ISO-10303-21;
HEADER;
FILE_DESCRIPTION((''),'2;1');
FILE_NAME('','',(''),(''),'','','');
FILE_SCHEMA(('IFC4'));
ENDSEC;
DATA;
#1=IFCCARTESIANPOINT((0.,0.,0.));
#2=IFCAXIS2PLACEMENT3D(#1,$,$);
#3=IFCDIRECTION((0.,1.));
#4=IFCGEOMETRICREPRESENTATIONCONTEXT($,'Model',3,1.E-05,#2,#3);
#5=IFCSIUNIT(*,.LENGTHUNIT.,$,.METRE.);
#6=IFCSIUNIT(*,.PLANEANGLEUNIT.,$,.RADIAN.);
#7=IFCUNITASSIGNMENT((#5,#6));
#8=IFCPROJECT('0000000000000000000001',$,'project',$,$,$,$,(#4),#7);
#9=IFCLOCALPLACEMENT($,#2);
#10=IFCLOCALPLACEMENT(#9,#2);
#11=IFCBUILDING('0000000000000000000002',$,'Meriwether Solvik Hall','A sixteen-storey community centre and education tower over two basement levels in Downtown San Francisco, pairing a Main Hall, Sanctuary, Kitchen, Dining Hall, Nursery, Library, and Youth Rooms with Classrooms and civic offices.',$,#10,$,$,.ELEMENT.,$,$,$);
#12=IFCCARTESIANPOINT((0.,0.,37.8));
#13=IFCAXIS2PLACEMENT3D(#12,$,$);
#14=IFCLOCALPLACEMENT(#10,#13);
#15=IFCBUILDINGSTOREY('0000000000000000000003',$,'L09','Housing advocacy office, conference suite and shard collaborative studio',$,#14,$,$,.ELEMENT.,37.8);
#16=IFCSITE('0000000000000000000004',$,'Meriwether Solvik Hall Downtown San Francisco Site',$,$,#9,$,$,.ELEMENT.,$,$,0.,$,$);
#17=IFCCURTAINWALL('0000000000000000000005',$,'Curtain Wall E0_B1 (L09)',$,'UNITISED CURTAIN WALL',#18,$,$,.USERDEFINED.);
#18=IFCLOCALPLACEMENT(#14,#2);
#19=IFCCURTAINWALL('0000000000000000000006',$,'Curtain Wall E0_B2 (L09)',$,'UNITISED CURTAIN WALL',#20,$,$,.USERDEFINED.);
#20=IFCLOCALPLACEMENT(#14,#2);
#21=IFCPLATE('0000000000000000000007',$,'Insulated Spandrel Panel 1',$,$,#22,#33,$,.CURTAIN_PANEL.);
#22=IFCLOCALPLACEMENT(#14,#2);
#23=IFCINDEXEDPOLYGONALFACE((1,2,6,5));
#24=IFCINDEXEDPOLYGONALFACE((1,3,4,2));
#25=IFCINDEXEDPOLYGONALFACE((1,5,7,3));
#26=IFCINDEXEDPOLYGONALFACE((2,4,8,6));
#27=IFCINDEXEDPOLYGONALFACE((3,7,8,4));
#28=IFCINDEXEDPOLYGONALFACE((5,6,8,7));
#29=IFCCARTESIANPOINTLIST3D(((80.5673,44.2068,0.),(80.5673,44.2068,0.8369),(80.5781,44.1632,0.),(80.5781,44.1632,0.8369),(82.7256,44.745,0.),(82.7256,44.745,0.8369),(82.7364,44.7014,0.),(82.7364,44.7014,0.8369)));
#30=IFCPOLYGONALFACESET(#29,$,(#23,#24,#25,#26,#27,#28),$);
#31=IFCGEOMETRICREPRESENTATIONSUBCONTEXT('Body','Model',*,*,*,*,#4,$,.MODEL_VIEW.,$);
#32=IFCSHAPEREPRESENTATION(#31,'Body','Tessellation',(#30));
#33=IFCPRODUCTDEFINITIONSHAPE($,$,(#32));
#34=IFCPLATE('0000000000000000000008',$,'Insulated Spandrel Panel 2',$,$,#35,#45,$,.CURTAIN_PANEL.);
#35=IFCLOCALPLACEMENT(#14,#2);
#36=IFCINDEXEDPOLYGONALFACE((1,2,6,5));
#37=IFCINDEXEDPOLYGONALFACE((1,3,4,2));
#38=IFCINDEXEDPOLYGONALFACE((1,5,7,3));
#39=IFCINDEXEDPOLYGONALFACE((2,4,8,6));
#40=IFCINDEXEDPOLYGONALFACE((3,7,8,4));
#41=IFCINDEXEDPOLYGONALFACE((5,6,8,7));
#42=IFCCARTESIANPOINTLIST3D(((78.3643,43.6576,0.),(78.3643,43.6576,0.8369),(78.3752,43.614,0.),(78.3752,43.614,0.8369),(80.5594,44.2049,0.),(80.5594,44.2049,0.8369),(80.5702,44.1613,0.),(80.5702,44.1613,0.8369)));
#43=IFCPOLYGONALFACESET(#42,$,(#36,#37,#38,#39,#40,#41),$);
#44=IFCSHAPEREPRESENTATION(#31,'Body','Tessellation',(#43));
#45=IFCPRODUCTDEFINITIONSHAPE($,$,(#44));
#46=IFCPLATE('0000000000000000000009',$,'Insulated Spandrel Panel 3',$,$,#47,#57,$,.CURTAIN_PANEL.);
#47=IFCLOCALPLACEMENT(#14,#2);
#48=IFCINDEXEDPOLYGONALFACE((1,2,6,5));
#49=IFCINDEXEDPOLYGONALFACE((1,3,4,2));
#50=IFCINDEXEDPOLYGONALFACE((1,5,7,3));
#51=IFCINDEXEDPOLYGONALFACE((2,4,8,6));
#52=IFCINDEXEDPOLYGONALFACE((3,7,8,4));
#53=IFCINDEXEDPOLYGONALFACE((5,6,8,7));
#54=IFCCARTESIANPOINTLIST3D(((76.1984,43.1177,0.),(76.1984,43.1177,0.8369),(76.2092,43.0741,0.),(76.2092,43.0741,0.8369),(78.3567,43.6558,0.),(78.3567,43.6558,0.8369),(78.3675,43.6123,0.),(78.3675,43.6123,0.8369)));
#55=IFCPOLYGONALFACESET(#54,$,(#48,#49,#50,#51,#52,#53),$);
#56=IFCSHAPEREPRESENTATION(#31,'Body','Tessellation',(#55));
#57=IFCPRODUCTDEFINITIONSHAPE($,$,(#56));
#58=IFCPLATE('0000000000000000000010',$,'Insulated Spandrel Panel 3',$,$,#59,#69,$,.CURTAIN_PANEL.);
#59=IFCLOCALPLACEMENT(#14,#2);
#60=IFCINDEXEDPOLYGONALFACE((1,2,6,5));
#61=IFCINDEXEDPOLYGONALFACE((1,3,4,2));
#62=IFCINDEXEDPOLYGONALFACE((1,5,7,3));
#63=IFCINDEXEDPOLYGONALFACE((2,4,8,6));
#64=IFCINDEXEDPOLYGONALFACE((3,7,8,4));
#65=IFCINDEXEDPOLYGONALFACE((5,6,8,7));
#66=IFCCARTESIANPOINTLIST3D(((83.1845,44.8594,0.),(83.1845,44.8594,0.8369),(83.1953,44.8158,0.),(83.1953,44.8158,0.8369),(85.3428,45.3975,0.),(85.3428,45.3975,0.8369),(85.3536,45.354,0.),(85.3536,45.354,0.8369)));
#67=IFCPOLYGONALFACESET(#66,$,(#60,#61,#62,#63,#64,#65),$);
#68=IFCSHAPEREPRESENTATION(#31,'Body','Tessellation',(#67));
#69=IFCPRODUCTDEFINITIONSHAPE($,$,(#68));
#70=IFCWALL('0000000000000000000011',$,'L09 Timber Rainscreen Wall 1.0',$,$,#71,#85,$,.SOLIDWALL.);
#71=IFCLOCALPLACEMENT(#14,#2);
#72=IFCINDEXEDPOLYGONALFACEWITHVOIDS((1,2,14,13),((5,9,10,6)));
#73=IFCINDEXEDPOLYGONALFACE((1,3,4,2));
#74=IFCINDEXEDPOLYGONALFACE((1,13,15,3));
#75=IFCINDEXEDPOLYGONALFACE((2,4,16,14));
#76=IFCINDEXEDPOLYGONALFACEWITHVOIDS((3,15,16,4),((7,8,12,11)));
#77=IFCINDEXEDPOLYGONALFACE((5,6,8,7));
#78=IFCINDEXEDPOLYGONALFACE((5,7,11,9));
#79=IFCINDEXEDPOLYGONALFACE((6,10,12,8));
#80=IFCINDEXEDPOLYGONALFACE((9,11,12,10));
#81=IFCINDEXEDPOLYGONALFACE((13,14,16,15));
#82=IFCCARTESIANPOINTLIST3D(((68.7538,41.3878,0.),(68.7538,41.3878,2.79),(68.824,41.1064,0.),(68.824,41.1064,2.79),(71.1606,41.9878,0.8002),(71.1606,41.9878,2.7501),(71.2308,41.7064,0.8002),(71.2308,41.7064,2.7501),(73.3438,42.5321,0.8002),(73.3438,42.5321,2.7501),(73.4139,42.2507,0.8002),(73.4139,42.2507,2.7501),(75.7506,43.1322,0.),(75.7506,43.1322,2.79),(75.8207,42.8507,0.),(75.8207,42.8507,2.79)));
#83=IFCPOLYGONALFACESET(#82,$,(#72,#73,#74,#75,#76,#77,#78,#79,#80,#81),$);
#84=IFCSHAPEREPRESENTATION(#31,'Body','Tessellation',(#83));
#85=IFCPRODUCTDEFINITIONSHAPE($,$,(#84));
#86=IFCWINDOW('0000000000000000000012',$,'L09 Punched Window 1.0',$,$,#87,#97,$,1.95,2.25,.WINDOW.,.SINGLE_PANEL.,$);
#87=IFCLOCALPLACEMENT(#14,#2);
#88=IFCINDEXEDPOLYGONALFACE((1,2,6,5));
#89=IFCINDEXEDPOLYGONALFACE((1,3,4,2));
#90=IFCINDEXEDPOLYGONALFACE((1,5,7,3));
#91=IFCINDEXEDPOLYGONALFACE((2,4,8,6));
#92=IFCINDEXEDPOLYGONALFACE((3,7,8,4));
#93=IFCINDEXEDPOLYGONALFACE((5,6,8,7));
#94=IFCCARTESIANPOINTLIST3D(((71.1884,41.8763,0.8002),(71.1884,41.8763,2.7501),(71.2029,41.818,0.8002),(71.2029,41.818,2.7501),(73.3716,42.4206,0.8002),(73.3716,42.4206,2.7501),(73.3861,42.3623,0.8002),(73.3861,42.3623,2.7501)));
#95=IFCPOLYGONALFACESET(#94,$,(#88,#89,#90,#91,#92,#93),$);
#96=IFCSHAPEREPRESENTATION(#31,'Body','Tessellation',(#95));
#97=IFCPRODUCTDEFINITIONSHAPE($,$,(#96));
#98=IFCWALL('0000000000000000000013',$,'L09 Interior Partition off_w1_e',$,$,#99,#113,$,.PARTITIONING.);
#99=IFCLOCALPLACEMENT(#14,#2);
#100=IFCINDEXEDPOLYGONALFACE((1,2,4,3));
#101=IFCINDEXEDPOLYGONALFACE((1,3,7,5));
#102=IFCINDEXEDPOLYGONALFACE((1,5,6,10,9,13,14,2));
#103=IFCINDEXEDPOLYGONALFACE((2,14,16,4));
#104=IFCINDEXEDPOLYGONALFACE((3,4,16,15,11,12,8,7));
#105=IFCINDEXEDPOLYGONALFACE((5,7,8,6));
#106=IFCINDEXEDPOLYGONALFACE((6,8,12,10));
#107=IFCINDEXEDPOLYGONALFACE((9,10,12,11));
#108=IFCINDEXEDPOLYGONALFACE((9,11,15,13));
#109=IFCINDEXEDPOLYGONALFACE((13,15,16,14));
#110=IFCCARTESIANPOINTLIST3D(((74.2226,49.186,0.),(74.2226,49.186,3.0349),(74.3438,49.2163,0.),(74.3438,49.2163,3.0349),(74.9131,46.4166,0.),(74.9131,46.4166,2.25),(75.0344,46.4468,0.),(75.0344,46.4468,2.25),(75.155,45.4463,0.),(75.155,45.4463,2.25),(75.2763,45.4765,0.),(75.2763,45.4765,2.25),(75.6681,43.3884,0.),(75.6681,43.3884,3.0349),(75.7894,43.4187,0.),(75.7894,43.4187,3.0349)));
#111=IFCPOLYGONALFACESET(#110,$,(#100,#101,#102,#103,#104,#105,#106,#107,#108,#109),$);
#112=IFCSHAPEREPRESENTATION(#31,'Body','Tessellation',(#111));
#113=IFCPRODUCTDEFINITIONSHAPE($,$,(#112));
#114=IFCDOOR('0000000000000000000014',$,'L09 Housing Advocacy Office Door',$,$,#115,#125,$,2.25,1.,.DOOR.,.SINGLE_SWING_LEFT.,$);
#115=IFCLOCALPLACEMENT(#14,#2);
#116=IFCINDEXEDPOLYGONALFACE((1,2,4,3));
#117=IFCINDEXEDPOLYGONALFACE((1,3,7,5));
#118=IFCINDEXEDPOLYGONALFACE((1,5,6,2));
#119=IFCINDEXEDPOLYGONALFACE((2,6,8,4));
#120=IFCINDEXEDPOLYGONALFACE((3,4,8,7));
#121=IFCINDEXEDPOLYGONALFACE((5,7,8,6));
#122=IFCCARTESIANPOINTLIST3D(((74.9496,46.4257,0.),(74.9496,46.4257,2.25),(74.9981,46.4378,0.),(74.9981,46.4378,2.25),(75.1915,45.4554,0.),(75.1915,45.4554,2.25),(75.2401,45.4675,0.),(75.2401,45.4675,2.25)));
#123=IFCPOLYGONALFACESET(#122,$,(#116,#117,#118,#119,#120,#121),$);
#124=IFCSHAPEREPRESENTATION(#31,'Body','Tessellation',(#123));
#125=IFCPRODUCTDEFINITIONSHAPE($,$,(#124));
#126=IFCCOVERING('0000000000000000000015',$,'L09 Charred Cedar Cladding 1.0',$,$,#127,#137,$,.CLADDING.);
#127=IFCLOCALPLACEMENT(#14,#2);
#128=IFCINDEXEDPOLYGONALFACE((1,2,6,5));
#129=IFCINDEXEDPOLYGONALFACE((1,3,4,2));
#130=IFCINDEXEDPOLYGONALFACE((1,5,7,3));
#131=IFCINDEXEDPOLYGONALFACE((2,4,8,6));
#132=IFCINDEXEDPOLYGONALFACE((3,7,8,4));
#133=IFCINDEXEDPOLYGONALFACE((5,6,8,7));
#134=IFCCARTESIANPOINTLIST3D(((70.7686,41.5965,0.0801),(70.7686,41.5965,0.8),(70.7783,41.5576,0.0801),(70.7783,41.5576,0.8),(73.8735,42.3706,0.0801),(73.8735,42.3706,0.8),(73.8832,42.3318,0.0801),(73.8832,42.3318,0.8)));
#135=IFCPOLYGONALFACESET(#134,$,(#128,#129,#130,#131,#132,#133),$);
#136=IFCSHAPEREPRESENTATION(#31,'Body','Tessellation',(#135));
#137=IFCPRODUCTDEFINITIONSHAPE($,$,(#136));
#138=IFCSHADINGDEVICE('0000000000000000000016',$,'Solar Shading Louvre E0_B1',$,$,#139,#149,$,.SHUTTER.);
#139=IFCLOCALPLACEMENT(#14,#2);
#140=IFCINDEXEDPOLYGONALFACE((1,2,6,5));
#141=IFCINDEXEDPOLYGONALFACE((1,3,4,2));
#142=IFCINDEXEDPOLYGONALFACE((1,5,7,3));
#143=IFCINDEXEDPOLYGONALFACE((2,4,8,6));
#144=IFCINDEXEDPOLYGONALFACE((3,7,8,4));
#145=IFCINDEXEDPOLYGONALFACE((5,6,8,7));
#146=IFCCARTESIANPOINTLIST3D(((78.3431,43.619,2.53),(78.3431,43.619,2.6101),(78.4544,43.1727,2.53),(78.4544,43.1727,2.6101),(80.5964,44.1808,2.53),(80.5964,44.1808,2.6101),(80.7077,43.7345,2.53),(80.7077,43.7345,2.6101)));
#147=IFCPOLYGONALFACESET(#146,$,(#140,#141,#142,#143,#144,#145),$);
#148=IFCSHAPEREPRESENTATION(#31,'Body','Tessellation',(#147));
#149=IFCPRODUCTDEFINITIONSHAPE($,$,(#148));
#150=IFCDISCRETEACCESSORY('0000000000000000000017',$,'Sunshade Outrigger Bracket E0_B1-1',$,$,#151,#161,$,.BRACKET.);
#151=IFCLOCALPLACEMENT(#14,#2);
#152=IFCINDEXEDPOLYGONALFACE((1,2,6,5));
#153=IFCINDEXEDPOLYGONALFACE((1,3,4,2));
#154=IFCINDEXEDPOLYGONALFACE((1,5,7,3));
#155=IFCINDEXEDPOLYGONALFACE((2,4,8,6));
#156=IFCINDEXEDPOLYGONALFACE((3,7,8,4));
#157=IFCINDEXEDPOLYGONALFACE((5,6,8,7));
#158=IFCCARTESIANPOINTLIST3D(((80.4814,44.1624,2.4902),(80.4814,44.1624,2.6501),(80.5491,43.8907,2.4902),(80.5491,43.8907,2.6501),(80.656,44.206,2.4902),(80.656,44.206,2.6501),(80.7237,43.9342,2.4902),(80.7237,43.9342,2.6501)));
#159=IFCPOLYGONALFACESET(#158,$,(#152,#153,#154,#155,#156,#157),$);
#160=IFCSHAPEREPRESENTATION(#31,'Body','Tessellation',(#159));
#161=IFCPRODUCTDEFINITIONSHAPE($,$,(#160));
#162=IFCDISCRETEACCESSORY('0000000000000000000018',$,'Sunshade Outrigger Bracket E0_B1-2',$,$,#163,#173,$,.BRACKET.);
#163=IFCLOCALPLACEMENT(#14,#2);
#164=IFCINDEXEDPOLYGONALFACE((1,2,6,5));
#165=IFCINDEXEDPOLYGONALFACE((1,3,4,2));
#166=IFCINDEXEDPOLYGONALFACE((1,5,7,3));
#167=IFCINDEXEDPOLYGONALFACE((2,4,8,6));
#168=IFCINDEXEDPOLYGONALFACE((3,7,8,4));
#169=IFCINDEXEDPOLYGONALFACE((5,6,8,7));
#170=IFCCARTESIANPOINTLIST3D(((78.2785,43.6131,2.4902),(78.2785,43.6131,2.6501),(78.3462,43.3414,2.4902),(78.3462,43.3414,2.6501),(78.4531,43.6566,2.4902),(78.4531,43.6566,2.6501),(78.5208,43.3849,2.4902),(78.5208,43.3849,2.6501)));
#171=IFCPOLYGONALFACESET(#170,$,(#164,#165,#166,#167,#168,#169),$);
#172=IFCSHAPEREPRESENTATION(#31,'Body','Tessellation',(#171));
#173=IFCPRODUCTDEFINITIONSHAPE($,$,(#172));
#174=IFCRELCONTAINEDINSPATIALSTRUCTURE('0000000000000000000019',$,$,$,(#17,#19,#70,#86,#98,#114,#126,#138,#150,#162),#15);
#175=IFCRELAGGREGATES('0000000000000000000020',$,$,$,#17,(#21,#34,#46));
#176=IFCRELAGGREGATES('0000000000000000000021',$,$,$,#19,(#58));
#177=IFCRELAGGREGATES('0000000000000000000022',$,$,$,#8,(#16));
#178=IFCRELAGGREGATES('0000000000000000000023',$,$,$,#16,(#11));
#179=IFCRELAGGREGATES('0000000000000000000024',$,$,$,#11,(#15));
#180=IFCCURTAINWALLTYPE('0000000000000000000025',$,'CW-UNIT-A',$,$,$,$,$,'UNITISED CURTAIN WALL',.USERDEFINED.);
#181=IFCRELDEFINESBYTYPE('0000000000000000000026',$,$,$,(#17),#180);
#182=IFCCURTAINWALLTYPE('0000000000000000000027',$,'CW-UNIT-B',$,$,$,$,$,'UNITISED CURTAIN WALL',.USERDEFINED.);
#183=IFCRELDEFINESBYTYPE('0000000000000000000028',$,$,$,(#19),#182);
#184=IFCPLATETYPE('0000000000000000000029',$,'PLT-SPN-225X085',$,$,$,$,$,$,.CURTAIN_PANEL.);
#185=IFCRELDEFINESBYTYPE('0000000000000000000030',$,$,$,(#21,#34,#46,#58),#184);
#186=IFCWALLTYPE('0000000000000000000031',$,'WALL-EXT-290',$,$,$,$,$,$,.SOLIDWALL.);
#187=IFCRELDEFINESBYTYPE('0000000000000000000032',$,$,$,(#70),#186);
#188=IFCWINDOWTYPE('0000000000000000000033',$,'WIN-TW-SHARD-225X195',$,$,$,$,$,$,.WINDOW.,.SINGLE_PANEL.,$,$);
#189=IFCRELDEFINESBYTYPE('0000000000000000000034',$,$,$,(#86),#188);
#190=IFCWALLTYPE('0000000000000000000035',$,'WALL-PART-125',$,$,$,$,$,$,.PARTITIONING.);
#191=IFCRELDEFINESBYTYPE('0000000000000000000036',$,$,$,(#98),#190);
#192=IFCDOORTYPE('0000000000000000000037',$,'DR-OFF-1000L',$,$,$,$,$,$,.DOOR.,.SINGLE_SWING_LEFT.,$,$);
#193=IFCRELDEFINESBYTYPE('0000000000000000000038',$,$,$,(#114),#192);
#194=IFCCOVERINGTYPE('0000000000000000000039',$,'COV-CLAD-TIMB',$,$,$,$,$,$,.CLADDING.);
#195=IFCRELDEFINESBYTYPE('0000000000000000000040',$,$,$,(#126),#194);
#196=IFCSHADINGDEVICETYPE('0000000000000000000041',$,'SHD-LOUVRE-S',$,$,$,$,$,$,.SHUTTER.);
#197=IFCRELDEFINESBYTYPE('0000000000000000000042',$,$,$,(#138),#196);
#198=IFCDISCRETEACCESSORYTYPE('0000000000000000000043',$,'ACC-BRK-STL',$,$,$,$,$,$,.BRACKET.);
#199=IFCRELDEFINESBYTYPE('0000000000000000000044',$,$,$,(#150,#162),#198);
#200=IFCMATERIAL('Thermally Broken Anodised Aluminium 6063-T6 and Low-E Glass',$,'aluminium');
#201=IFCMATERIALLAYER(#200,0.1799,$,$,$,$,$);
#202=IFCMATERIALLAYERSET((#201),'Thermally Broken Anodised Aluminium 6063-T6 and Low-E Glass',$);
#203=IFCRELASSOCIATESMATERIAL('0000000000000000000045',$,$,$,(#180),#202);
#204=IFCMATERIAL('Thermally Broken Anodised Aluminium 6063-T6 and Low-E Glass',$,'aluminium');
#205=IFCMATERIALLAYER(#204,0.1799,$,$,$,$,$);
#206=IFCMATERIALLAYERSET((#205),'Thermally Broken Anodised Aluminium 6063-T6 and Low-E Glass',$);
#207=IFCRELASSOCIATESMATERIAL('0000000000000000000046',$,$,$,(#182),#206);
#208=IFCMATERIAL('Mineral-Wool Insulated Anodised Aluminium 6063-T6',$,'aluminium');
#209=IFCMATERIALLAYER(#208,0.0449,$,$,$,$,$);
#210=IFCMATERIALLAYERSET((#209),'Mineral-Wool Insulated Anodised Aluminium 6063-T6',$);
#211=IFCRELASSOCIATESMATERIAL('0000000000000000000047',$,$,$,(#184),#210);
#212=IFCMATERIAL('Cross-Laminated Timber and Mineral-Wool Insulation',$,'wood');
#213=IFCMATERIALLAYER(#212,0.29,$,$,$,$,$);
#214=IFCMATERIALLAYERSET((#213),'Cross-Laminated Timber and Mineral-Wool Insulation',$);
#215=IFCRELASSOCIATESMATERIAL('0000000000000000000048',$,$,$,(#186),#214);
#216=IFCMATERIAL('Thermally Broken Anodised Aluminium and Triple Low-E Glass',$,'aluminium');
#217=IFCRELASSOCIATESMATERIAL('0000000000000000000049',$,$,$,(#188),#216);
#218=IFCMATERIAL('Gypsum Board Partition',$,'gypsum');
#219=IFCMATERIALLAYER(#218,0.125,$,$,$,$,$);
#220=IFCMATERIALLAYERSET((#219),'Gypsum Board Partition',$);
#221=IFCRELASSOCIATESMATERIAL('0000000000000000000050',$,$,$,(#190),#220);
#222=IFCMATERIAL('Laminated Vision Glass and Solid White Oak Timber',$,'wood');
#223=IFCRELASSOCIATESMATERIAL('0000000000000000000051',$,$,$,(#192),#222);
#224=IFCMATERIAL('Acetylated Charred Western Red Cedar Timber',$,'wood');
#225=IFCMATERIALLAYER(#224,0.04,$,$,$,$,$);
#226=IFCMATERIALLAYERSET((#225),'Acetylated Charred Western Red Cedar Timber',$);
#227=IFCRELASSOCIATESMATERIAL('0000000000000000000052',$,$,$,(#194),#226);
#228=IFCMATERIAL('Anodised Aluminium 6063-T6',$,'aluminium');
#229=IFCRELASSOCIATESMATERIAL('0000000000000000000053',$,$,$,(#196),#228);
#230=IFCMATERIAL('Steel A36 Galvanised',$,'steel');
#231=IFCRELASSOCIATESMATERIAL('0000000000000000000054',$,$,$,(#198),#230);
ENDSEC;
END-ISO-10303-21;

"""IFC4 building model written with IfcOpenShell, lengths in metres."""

from ifc_helpers import new_model, si_unit, direction, frame, frame_2d, origin, origin_2d, place, context, subcontext, project, spatial, rectangle, extrude, material, layer, layer_set, type_object, element, fill, aggregate, save


model = new_model("IFC4")

# Units and contexts
model_context = context("Model", 3, precision=1e-05, world=origin(), true_north=direction((0.0, 1.0)))
body_context = subcontext(model_context, "Body", "Model", "MODEL_VIEW")
ifc_project = project(units=[si_unit("LENGTHUNIT", "METRE"), si_unit("PLANEANGLEUNIT", "RADIAN")], contexts=[model_context])

# Site, building, storey
site_placement = place(None, origin())
site = spatial("IfcSite", under=ifc_project, at=site_placement, Name="Meriwether Solvik Hall Downtown San Francisco Site", CompositionType="ELEMENT", RefElevation=0.0)
building_placement = place(site_placement, origin())
building = spatial("IfcBuilding", under=site, at=building_placement, Name="Meriwether Solvik Hall", Description="A sixteen-storey community centre and education tower over two basement levels in Downtown San Francisco, pairing a Main Hall, Sanctuary, Kitchen, Dining Hall, Nursery, Library, and Youth Rooms with Classrooms and civic offices.", CompositionType="ELEMENT")
storey_placement = place(building_placement, frame((0.0, 0.0, 37.8)))
storey = spatial("IfcBuildingStorey", under=building, at=storey_placement, Name="L09", Description="Housing advocacy office, conference suite and shard collaborative studio", CompositionType="ELEMENT", Elevation=37.8)

# Curtain wall
ifc_material_1 = material(Name="Thermally Broken Anodised Aluminium 6063-T6 and Low-E Glass", Category="aluminium")
ifc_layer_1 = layer(ifc_material_1, 0.1799)
ifc_layer_set_1 = layer_set([ifc_layer_1], Name="Thermally Broken Anodised Aluminium 6063-T6 and Low-E Glass")
curtain_wall_type_1 = type_object("IfcCurtainWallType", Name="CW-UNIT-A", ElementType="UNITISED CURTAIN WALL", PredefinedType="USERDEFINED", material=ifc_layer_set_1)
curtain_wall_1_placement = place(storey_placement, origin())
curtain_wall_1 = element("IfcCurtainWall", 1, at=curtain_wall_1_placement, inside=storey, type_object=curtain_wall_type_1, Name="Curtain Wall E0_B1 (L09)", ObjectType="UNITISED CURTAIN WALL", PredefinedType="USERDEFINED")

# Curtain wall
ifc_material_2 = material(Name="Thermally Broken Anodised Aluminium 6063-T6 and Low-E Glass", Category="aluminium")
ifc_layer_2 = layer(ifc_material_2, 0.1799)
ifc_layer_set_2 = layer_set([ifc_layer_2], Name="Thermally Broken Anodised Aluminium 6063-T6 and Low-E Glass")
curtain_wall_type_2 = type_object("IfcCurtainWallType", Name="CW-UNIT-B", ElementType="UNITISED CURTAIN WALL", PredefinedType="USERDEFINED", material=ifc_layer_set_2)
curtain_wall_2_placement = place(storey_placement, origin())
curtain_wall_2 = element("IfcCurtainWall", 2, at=curtain_wall_2_placement, inside=storey, type_object=curtain_wall_type_2, Name="Curtain Wall E0_B2 (L09)", ObjectType="UNITISED CURTAIN WALL", PredefinedType="USERDEFINED")

# Plates
ifc_material_3 = material(Name="Mineral-Wool Insulated Anodised Aluminium 6063-T6", Category="aluminium")
ifc_layer_3 = layer(ifc_material_3, 0.0449)
ifc_layer_set_3 = layer_set([ifc_layer_3], Name="Mineral-Wool Insulated Anodised Aluminium 6063-T6")
plate_type_1 = type_object("IfcPlateType", Name="PLT-SPN-225X085", PredefinedType="CURTAIN_PANEL", material=ifc_layer_set_3)
plate_1_placement = place(storey_placement, frame((81.6519, 44.4541, 0.0), z_axis=(0.0, 0.0, 1.0), x_axis=(-0.970296, -0.241922, 0.0)))
plate_1 = element("IfcPlate", 3, at=plate_1_placement, type_object=plate_type_1, Name="Insulated Spandrel Panel 1", PredefinedType="CURTAIN_PANEL", context=body_context, shape_type="SweptSolid", body=[
    extrude(rectangle(XDim=2.2244, YDim=0.0449, at=origin_2d()), origin(), (0.0, 0.0, 1.0), 0.8369),
])
plate_2_placement = place(storey_placement, frame((79.4673, 43.9094, 0.0), z_axis=(0.0, 0.0, 1.0), x_axis=(-0.970296, -0.241922, 0.0)))
plate_2 = element("IfcPlate", 4, at=plate_2_placement, type_object=plate_type_1, Name="Insulated Spandrel Panel 2", PredefinedType="CURTAIN_PANEL", context=body_context, shape_type="SweptSolid", body=[
    extrude(rectangle(XDim=2.2622, YDim=0.0449, at=origin_2d()), origin(), (0.0, 0.0, 1.0), 0.8369),
])
plate_3_placement = place(storey_placement, frame((77.283, 43.365, 0.0), z_axis=(0.0, 0.0, 1.0), x_axis=(-0.970296, -0.241922, 0.0)))
plate_3 = element("IfcPlate", 5, at=plate_3_placement, type_object=plate_type_1, Name="Insulated Spandrel Panel 3", PredefinedType="CURTAIN_PANEL", context=body_context, shape_type="SweptSolid", body=[
    extrude(rectangle(XDim=2.2244, YDim=0.0449, at=origin_2d()), origin(), (0.0, 0.0, 1.0), 0.8369),
])
aggregate(curtain_wall_1, [plate_1, plate_2, plate_3])
plate_4_placement = place(storey_placement, frame((84.269, 45.1067, 0.0), z_axis=(0.0, 0.0, 1.0), x_axis=(-0.970296, -0.241922, 0.0)))
plate_4 = element("IfcPlate", 6, at=plate_4_placement, type_object=plate_type_1, Name="Insulated Spandrel Panel 3", PredefinedType="CURTAIN_PANEL", context=body_context, shape_type="SweptSolid", body=[
    extrude(rectangle(XDim=2.2244, YDim=0.0449, at=origin_2d()), origin(), (0.0, 0.0, 1.0), 0.8369),
])
aggregate(curtain_wall_2, [plate_4])

# Wall, opening, window
ifc_material_4 = material(Name="Cross-Laminated Timber and Mineral-Wool Insulation", Category="wood")
ifc_layer_4 = layer(ifc_material_4, 0.29)
ifc_layer_set_4 = layer_set([ifc_layer_4], Name="Cross-Laminated Timber and Mineral-Wool Insulation")
wall_type_1 = type_object("IfcWallType", Name="WALL-EXT-290", PredefinedType="SOLIDWALL", material=ifc_layer_set_4)
wall_1_placement = place(storey_placement, frame((75.7856, 42.9915, 0.0), z_axis=(0.0, 0.0, 1.0), x_axis=(-0.9703, -0.241906, 0.0)))
wall_1 = element("IfcWall", 7, at=wall_1_placement, inside=storey, type_object=wall_type_1, Name="L09 Timber Rainscreen Wall 1.0", PredefinedType="SOLIDWALL", context=body_context, shape_type="SweptSolid", body=[
    extrude(rectangle(XDim=7.2109, YDim=0.29, at=frame_2d((3.6055, 0.0))), origin(), (0.0, 0.0, 1.0), 2.79),
])
opening_1_placement = place(wall_1_placement, frame((2.4805, 0.0, 0.8)))
opening_1 = element("IfcOpeningElement", 8, at=opening_1_placement, cuts=wall_1, PredefinedType="OPENING", context=body_context, shape_type="SweptSolid", body=[
    extrude(rectangle(XDim=2.25, YDim=1.95, at=frame_2d((1.125, 0.9751))), frame((0.0, 0.157, 0.0), z_axis=(0.0, -1.0, 0.0), x_axis=(1.0, 0.0, 0.0)), (0.0, 0.0, 1.0), 0.314),
])
ifc_material_5 = material(Name="Thermally Broken Anodised Aluminium and Triple Low-E Glass", Category="aluminium")
window_type = type_object("IfcWindowType", Name="WIN-TW-SHARD-225X195", PartitioningType="SINGLE_PANEL", PredefinedType="WINDOW", material=ifc_material_5)
window_placement = place(opening_1_placement, origin())
window = element("IfcWindow", 9, at=window_placement, inside=storey, type_object=window_type, Name="L09 Punched Window 1.0", OverallHeight=1.95, OverallWidth=2.25, PartitioningType="SINGLE_PANEL", PredefinedType="WINDOW", context=body_context, shape_type="SweptSolid", body=[
    extrude(rectangle(XDim=2.25, YDim=1.95, at=frame_2d((1.125, 0.9751))), frame((0.0, 0.03, 0.0), z_axis=(0.0, -1.0, 0.0), x_axis=(1.0, 0.0, 0.0)), (0.0, 0.0, 1.0), 0.0601),
])
fill(opening_1, window)

# Wall, opening, door
ifc_material_6 = material(Name="Gypsum Board Partition", Category="gypsum")
ifc_layer_5 = layer(ifc_material_6, 0.125)
ifc_layer_set_5 = layer_set([ifc_layer_5], Name="Gypsum Board Partition")
wall_type_2 = type_object("IfcWallType", Name="WALL-PART-125", PredefinedType="PARTITIONING", material=ifc_layer_set_5)
wall_2_placement = place(storey_placement, frame((75.7288, 43.4036, 0.0), z_axis=(0.0, 0.0, 1.0), x_axis=(-0.24193, 0.970294, 0.0)))
wall_2 = element("IfcWall", 10, at=wall_2_placement, inside=storey, type_object=wall_type_2, Name="L09 Interior Partition off_w1_e", PredefinedType="PARTITIONING", context=body_context, shape_type="SweptSolid", body=[
    extrude(rectangle(XDim=5.9751, YDim=0.125, at=frame_2d((2.9875, 0.0))), origin(), (0.0, 0.0, 1.0), 3.0349),
])
opening_2_placement = place(wall_2_placement, frame((2.1208, 0.0, 0.0)))
opening_2 = element("IfcOpeningElement", 11, at=opening_2_placement, cuts=wall_2, PredefinedType="OPENING", context=body_context, shape_type="SweptSolid", body=[
    extrude(rectangle(XDim=1.0, YDim=2.25, at=frame_2d((0.5, 1.125))), frame((0.0, 0.0745, 0.0), z_axis=(0.0, -1.0, 0.0), x_axis=(1.0, 0.0, 0.0)), (0.0, 0.0, 1.0), 0.1489),
])
ifc_material_7 = material(Name="Laminated Vision Glass and Solid White Oak Timber", Category="wood")
door_type = type_object("IfcDoorType", Name="DR-OFF-1000L", OperationType="SINGLE_SWING_LEFT", PredefinedType="DOOR", material=ifc_material_7)
door_placement = place(opening_2_placement, origin())
door = element("IfcDoor", 12, at=door_placement, inside=storey, type_object=door_type, Name="L09 Housing Advocacy Office Door", OperationType="SINGLE_SWING_LEFT", OverallHeight=2.25, OverallWidth=1.0, PredefinedType="DOOR", context=body_context, shape_type="SweptSolid", body=[
    extrude(rectangle(XDim=1.0, YDim=2.25, at=frame_2d((0.5, 1.125))), frame((0.0, 0.0249, 0.0), z_axis=(0.0, -1.0, 0.0), x_axis=(1.0, 0.0, 0.0)), (0.0, 0.0, 1.0), 0.05),
])
fill(opening_2, door)

# Covering
ifc_material_8 = material(Name="Acetylated Charred Western Red Cedar Timber", Category="wood")
ifc_layer_6 = layer(ifc_material_8, 0.04)
ifc_layer_set_6 = layer_set([ifc_layer_6], Name="Acetylated Charred Western Red Cedar Timber")
covering_type = type_object("IfcCoveringType", Name="COV-CLAD-TIMB", PredefinedType="CLADDING", material=ifc_layer_set_6)
covering_placement = place(storey_placement, frame((72.3259, 41.9641, 0.0801), z_axis=(0.0, 0.0, 1.0), x_axis=(-0.970296, -0.241922, 0.0)))
element("IfcCovering", 13, at=covering_placement, inside=storey, type_object=covering_type, Name="L09 Charred Cedar Cladding 1.0", PredefinedType="CLADDING", context=body_context, shape_type="SweptSolid", body=[
    extrude(rectangle(XDim=3.2, YDim=0.04, at=origin_2d()), origin(), (0.0, 0.0, 1.0), 0.72),
])

# Shading device
ifc_material_9 = material(Name="Anodised Aluminium 6063-T6", Category="aluminium")
shading_device_type = type_object("IfcShadingDeviceType", Name="SHD-LOUVRE-S", PredefinedType="SHUTTER", material=ifc_material_9)
shading_device_placement = place(storey_placement, frame((79.5254, 43.6768, 2.53), z_axis=(0.0, 0.0, 1.0), x_axis=(-0.970296, -0.241922, 0.0)))
element("IfcShadingDevice", 14, at=shading_device_placement, inside=storey, type_object=shading_device_type, Name="Solar Shading Louvre E0_B1", PredefinedType="SHUTTER", context=body_context, shape_type="SweptSolid", body=[
    extrude(rectangle(XDim=2.3223, YDim=0.46, at=origin_2d()), origin(), (0.0, 0.0, 1.0), 0.0801),
])

# Discrete accessories
ifc_material_10 = material(Name="Steel A36 Galvanised", Category="steel")
discrete_accessory_type = type_object("IfcDiscreteAccessoryType", Name="ACC-BRK-STL", PredefinedType="BRACKET", material=ifc_material_10)
for number, where, z_axis, x_axis, name in (
    (15, (80.6025, 44.0483, 2.4902), (0.0, 0.0, 1.0), (-0.970296, -0.241922, 0.0), "Sunshade Outrigger Bracket E0_B1-1"),
    (16, (78.3997, 43.499, 2.4902), (0.0, 0.0, 1.0), (-0.970296, -0.241922, 0.0), "Sunshade Outrigger Bracket E0_B1-2"),
):
    element("IfcDiscreteAccessory", number, at=place(storey_placement, frame(where, z_axis=z_axis, x_axis=x_axis)), inside=storey, type_object=discrete_accessory_type, Name=name, PredefinedType="BRACKET", context=body_context, shape_type="SweptSolid", body=[
        extrude(rectangle(XDim=0.1799, YDim=0.28, at=origin_2d()), origin(), (0.0, 0.0, 1.0), 0.1599),
    ])

save(model, "model.ifc")
